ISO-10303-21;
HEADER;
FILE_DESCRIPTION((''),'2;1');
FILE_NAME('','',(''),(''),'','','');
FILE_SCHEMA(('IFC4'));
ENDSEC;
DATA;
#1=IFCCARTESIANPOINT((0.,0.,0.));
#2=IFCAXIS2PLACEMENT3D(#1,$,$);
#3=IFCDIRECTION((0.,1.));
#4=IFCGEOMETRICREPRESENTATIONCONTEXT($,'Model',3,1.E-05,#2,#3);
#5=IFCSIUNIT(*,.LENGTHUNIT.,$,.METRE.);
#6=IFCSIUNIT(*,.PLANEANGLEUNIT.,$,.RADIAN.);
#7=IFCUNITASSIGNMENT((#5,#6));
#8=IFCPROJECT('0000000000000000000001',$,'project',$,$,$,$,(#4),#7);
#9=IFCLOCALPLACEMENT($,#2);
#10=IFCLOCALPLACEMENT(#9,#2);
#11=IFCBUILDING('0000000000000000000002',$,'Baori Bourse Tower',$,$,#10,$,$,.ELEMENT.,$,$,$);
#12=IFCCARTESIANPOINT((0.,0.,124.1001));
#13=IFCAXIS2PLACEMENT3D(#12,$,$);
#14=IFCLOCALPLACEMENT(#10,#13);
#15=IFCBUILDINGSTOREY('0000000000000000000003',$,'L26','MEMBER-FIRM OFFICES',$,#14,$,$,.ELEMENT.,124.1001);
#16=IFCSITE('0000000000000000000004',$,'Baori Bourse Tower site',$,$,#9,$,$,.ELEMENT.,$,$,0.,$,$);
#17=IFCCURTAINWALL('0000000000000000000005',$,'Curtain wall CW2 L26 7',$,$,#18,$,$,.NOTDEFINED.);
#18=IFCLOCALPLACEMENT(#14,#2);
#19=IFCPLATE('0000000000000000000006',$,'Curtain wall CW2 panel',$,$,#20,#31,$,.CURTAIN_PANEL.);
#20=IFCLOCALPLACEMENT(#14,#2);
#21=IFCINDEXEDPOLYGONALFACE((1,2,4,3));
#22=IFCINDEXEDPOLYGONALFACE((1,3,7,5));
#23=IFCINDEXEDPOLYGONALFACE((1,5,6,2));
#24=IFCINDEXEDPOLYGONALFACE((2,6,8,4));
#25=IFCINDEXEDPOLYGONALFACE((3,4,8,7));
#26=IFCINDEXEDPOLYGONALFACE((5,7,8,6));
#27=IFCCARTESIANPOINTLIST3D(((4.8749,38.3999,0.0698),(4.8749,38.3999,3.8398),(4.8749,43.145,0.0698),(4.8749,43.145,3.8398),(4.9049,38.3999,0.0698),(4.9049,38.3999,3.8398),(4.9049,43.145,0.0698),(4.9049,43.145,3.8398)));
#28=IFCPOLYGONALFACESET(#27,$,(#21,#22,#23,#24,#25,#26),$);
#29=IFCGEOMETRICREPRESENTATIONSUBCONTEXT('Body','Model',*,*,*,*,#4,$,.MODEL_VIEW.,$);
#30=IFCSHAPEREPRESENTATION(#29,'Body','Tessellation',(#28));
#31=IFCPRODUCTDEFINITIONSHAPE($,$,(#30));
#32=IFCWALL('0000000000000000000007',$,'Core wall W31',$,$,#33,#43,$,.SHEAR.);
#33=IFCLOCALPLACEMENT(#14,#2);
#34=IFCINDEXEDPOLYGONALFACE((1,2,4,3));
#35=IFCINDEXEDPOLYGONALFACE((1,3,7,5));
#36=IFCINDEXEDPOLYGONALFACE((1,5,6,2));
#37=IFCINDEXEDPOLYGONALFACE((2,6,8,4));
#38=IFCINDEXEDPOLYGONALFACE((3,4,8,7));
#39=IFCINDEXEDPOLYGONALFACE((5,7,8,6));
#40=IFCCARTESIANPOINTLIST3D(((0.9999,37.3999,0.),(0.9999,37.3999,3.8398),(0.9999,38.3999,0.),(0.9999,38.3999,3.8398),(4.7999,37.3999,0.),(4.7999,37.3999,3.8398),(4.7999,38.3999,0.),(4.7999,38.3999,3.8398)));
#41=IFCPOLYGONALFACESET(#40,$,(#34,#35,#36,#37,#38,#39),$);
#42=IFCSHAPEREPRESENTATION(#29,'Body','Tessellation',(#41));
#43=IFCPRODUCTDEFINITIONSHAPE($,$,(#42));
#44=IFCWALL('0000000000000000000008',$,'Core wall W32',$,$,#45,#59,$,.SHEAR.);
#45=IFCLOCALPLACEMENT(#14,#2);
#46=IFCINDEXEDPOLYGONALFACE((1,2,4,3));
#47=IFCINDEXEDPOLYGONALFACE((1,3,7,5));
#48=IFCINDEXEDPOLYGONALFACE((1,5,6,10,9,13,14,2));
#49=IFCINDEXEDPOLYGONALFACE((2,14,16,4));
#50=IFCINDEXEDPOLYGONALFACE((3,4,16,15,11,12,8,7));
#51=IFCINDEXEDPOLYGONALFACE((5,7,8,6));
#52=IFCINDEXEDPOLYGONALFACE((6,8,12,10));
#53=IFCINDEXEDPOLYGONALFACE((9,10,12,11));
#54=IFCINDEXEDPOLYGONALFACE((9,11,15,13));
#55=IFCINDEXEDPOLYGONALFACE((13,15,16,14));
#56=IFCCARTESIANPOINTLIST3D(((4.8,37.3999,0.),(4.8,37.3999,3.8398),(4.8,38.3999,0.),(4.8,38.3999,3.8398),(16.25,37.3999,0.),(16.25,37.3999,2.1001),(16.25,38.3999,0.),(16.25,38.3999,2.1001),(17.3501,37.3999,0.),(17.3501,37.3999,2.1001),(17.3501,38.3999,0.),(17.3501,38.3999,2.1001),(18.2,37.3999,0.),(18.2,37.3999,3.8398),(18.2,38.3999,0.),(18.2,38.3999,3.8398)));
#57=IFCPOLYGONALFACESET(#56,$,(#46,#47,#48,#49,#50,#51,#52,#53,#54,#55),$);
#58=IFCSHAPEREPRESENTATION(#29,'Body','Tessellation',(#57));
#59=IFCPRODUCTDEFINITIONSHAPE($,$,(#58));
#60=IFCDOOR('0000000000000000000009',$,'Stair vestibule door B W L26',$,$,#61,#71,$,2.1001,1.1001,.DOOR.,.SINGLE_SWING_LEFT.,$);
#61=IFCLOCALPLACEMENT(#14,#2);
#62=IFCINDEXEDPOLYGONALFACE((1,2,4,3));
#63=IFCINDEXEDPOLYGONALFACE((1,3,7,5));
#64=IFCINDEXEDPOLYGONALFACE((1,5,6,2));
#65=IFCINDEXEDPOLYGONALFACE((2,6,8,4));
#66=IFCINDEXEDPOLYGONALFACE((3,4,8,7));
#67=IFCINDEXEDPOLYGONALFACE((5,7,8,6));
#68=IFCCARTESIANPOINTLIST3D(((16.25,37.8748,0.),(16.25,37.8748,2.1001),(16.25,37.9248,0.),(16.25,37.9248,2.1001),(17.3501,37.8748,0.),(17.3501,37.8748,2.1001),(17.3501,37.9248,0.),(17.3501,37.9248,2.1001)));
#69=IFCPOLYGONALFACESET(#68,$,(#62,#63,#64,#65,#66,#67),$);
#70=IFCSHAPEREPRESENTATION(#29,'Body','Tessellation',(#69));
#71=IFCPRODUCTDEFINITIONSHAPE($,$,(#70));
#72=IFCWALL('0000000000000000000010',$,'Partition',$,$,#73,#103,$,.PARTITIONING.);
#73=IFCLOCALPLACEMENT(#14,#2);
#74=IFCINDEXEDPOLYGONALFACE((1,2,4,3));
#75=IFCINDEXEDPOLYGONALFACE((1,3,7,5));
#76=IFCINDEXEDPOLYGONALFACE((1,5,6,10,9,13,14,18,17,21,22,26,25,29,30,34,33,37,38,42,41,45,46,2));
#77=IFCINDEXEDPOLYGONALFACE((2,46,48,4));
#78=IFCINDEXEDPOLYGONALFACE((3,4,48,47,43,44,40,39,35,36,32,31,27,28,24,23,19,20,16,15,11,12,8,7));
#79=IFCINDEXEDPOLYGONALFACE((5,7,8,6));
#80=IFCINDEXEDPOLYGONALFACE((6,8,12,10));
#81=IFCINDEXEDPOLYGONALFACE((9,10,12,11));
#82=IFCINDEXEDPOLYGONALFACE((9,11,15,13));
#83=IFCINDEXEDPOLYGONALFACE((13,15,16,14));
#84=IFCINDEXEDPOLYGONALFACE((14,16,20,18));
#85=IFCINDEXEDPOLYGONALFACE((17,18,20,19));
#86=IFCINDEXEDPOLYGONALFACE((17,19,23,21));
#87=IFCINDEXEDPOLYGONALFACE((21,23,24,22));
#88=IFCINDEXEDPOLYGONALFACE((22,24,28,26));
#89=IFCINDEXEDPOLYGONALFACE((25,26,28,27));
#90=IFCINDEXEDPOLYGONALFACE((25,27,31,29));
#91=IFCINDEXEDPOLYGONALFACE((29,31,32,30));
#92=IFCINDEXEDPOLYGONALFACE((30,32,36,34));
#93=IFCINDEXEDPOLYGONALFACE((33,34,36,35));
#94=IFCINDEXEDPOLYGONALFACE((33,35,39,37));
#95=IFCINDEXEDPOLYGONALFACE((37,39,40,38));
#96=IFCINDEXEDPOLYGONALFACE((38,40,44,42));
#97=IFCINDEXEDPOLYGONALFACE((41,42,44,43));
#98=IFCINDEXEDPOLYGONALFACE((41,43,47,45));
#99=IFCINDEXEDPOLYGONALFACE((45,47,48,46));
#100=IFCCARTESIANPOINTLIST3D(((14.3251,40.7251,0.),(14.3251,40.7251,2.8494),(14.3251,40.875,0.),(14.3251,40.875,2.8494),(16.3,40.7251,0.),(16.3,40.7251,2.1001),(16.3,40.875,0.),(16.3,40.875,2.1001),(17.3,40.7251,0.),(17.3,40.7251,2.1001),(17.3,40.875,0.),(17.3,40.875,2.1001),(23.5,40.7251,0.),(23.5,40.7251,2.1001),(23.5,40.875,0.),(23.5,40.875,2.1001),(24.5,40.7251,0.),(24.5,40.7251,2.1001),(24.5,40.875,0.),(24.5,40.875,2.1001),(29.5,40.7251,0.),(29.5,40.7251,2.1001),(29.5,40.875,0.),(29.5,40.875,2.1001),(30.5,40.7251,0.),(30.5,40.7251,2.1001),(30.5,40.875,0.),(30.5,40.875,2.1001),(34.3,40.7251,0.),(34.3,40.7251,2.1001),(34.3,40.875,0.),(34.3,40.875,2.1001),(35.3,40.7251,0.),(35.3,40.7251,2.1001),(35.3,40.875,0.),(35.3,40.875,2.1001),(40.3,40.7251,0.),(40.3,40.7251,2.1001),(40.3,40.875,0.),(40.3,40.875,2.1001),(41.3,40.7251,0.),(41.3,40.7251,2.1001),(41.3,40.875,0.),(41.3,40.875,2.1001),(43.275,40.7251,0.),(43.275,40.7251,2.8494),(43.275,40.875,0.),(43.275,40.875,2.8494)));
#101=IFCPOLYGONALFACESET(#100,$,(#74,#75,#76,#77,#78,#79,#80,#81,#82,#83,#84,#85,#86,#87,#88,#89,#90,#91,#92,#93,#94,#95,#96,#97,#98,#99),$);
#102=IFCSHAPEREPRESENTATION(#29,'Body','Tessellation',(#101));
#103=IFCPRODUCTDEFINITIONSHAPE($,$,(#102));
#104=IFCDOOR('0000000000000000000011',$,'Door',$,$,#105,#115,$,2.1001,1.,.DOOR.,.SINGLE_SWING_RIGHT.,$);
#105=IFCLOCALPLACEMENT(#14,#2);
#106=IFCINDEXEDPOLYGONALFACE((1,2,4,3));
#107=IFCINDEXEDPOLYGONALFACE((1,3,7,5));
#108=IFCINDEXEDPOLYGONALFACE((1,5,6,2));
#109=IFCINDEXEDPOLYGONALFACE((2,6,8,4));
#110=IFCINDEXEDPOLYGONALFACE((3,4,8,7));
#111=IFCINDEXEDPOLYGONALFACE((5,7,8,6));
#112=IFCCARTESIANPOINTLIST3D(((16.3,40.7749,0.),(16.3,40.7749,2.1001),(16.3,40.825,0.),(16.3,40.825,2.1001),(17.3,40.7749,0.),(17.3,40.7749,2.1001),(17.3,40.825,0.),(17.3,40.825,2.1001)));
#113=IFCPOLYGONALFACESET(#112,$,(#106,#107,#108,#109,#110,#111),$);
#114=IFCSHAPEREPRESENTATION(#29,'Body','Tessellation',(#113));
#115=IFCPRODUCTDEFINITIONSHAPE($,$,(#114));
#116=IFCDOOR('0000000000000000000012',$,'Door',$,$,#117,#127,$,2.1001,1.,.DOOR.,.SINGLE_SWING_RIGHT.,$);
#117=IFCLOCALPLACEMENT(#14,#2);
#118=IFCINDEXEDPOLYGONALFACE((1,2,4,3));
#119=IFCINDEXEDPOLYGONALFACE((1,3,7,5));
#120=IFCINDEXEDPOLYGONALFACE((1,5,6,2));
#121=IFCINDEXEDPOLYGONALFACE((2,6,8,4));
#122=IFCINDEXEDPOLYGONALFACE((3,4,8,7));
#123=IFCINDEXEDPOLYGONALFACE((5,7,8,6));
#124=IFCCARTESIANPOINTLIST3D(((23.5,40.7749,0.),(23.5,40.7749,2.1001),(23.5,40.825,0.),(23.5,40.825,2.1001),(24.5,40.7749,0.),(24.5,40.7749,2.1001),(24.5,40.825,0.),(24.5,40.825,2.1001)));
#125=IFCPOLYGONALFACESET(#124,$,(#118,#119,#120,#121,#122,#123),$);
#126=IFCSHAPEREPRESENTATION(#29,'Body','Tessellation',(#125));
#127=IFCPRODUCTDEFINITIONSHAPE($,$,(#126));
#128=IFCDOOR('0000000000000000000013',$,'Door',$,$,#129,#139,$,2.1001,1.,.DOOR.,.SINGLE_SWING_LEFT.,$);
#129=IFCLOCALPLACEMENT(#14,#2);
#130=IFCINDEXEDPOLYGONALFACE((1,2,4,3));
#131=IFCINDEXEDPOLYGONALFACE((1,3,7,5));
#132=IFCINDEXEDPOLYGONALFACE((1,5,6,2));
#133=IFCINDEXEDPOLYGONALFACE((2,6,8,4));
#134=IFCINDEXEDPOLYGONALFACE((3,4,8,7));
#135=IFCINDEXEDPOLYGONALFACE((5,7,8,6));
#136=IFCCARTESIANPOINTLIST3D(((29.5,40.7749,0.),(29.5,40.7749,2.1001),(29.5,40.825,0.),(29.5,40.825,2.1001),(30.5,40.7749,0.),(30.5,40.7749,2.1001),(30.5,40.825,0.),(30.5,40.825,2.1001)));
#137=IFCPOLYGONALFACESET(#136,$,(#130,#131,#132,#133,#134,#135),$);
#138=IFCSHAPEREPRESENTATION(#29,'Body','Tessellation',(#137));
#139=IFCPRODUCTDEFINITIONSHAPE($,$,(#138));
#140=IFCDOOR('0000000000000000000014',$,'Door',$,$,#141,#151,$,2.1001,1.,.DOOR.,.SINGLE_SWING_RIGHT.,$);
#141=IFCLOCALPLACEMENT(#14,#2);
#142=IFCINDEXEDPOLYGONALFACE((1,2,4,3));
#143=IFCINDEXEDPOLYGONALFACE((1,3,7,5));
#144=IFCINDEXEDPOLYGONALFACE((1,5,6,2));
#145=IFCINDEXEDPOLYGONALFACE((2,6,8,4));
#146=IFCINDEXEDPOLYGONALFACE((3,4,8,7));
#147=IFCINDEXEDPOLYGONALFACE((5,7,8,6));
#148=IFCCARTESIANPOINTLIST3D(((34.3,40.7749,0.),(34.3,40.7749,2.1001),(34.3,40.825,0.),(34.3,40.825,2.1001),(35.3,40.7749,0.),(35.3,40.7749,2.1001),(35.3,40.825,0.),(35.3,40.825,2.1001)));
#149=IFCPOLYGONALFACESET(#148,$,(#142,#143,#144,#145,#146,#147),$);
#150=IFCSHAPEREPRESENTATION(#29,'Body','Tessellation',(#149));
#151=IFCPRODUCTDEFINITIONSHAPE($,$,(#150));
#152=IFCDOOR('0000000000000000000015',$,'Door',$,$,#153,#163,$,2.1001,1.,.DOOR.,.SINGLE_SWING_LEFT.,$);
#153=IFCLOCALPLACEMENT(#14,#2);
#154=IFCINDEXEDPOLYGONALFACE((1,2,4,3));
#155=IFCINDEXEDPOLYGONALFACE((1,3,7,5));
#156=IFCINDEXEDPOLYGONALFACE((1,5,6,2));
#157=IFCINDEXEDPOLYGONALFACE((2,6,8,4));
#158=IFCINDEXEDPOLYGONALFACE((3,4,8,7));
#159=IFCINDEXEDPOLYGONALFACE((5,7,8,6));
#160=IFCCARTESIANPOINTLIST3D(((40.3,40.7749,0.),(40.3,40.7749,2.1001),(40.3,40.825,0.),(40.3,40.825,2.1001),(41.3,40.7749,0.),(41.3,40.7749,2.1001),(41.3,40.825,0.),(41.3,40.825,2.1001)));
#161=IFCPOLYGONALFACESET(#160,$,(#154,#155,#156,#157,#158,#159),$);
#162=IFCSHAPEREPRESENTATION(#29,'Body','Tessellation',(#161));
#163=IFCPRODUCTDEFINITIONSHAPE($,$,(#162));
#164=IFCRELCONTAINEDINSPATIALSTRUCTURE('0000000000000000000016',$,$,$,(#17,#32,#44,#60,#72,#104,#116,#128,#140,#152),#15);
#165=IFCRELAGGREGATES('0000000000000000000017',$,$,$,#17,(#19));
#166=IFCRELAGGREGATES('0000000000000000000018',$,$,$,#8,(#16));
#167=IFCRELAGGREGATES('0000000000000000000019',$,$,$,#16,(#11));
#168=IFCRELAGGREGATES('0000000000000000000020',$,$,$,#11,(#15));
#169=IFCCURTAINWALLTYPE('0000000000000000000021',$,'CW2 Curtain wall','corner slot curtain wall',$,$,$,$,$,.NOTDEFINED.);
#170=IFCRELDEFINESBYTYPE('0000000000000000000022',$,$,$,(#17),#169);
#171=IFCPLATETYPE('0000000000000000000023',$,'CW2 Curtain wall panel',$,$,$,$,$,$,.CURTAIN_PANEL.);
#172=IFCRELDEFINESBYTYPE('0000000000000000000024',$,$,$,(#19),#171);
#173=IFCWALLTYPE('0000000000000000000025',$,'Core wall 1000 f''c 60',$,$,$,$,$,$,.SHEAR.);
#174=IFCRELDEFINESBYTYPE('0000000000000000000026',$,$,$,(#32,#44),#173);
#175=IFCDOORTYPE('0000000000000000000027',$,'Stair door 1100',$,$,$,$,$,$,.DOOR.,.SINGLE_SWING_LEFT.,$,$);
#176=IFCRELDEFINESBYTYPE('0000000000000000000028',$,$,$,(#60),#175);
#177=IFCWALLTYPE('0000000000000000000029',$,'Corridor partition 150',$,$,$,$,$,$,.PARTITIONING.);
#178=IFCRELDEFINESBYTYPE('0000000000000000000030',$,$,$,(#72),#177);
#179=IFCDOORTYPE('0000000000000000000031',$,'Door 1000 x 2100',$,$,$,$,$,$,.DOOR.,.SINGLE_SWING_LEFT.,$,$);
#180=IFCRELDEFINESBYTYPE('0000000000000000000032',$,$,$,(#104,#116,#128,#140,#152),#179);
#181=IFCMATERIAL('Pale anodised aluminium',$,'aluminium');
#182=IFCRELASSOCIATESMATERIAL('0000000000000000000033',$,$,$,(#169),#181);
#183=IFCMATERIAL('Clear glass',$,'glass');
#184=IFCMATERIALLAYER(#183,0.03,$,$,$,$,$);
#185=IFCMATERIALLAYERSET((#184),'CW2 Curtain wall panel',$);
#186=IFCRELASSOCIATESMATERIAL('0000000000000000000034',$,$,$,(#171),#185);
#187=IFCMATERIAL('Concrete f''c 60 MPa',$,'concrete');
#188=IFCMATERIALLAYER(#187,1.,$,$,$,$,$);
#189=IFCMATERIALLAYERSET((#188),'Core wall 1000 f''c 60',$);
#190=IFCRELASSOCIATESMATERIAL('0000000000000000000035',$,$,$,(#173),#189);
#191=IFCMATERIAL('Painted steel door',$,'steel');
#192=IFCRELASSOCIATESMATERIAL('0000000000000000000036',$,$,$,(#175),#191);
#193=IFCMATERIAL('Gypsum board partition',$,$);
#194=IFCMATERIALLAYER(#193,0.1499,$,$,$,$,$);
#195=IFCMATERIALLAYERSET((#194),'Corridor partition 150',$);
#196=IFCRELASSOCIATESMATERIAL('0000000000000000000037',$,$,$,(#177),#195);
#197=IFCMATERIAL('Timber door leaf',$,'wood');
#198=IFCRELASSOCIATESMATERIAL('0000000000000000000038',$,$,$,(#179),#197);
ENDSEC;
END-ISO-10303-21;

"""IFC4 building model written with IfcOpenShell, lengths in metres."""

from ifc_helpers import new_model, si_unit, direction, frame, frame_2d, origin, origin_2d, place, context, subcontext, project, spatial, rectangle, extrude, material, layer, layer_set, type_object, element, fill, aggregate, save


model = new_model("IFC4")

# Units and contexts
model_context = context("Model", 3, precision=1e-05, world=origin(), true_north=direction((0.0, 1.0)))
body_context = subcontext(model_context, "Body", "Model", "MODEL_VIEW")
ifc_project = project(units=[si_unit("LENGTHUNIT", "METRE"), si_unit("PLANEANGLEUNIT", "RADIAN")], contexts=[model_context])

# Site, building, storey
site_placement = place(None, origin())
site = spatial("IfcSite", under=ifc_project, at=site_placement, Name="Baori Bourse Tower site", CompositionType="ELEMENT", RefElevation=0.0)
building_placement = place(site_placement, origin())
building = spatial("IfcBuilding", under=site, at=building_placement, Name="Baori Bourse Tower", CompositionType="ELEMENT")
storey_placement = place(building_placement, frame((0.0, 0.0, 124.1001)))
storey = spatial("IfcBuildingStorey", under=building, at=storey_placement, Name="L26", Description="MEMBER-FIRM OFFICES", CompositionType="ELEMENT", Elevation=124.1001)

# Curtain wall
ifc_material_1 = material(Name="Pale anodised aluminium", Category="aluminium")
curtain_wall_type = type_object("IfcCurtainWallType", Name="CW2 Curtain wall", Description="corner slot curtain wall", PredefinedType="NOTDEFINED", material=ifc_material_1)
curtain_wall_1_placement = place(storey_placement, origin())
curtain_wall_1 = element("IfcCurtainWall", 1, at=curtain_wall_1_placement, inside=storey, type_object=curtain_wall_type, Name="Curtain wall CW2 L26 7", PredefinedType="NOTDEFINED")

# Plate
ifc_material_2 = material(Name="Clear glass", Category="glass")
ifc_layer_1 = layer(ifc_material_2, 0.03)
ifc_layer_set_1 = layer_set([ifc_layer_1], Name="CW2 Curtain wall panel")
plate_type = type_object("IfcPlateType", Name="CW2 Curtain wall panel", PredefinedType="CURTAIN_PANEL", material=ifc_layer_set_1)
plate_1_placement = place(storey_placement, frame((4.8899, 40.7725, 0.0698), z_axis=(0.0, 0.0, 1.0), x_axis=(0.0, -1.0, 0.0)))
plate_1 = element("IfcPlate", 2, at=plate_1_placement, type_object=plate_type, Name="Curtain wall CW2 panel", PredefinedType="CURTAIN_PANEL", context=body_context, shape_type="SweptSolid", body=[
    extrude(rectangle(XDim=4.7451, YDim=0.03, at=origin_2d()), origin(), (0.0, 0.0, 1.0), 3.77),
])
aggregate(curtain_wall_1, [plate_1])

# Wall
ifc_material_3 = material(Name="Concrete f'c 60 MPa", Category="concrete")
ifc_layer_2 = layer(ifc_material_3, 1.0)
ifc_layer_set_2 = layer_set([ifc_layer_2], Name="Core wall 1000 f'c 60")
wall_type_1 = type_object("IfcWallType", Name="Core wall 1000 f'c 60", PredefinedType="SHEAR", material=ifc_layer_set_2)
wall_1_placement = place(storey_placement, frame((1.0, 37.8999, 0.0), z_axis=(0.0, 0.0, 1.0), x_axis=(1.0, 0.0, 0.0)))
element("IfcWall", 3, at=wall_1_placement, inside=storey, type_object=wall_type_1, Name="Core wall W31", PredefinedType="SHEAR", context=body_context, shape_type="SweptSolid", body=[
    extrude(rectangle(XDim=3.8, YDim=1.0, at=frame_2d((1.8999, 0.0))), origin(), (0.0, 0.0, 1.0), 3.8398),
])

# Wall, opening, door
wall_2_placement = place(storey_placement, frame((4.8, 37.8999, 0.0), z_axis=(0.0, 0.0, 1.0), x_axis=(1.0, 0.0, 0.0)))
wall_2 = element("IfcWall", 4, at=wall_2_placement, inside=storey, type_object=wall_type_1, Name="Core wall W32", PredefinedType="SHEAR", context=body_context, shape_type="SweptSolid", body=[
    extrude(rectangle(XDim=13.3999, YDim=1.0, at=frame_2d((6.7, 0.0))), origin(), (0.0, 0.0, 1.0), 3.8398),
])
opening_1_placement = place(wall_2_placement, frame((11.45, 0.0, 0.0)))
opening_1 = element("IfcOpeningElement", 5, at=opening_1_placement, cuts=wall_2, PredefinedType="OPENING", context=body_context, shape_type="SweptSolid", body=[
    extrude(rectangle(XDim=1.1001, YDim=2.1001, at=frame_2d((0.55, 1.05))), frame((0.0, 0.51, 0.0), z_axis=(0.0, -1.0, 0.0), x_axis=(1.0, 0.0, 0.0)), (0.0, 0.0, 1.0), 1.02),
])
ifc_material_4 = material(Name="Painted steel door", Category="steel")
door_type_1 = type_object("IfcDoorType", Name="Stair door 1100", OperationType="SINGLE_SWING_LEFT", PredefinedType="DOOR", material=ifc_material_4)
door_1_placement = place(opening_1_placement, origin())
door_1 = element("IfcDoor", 6, at=door_1_placement, inside=storey, type_object=door_type_1, Name="Stair vestibule door B W L26", OperationType="SINGLE_SWING_LEFT", OverallHeight=2.1001, OverallWidth=1.1001, PredefinedType="DOOR", context=body_context, shape_type="SweptSolid", body=[
    extrude(rectangle(XDim=1.1001, YDim=2.1001, at=frame_2d((0.55, 1.05))), frame((0.0, 0.0249, 0.0), z_axis=(0.0, -1.0, 0.0), x_axis=(1.0, 0.0, 0.0)), (0.0, 0.0, 1.0), 0.05),
])
fill(opening_1, door_1)

# Wall, openings, doors
ifc_material_5 = material(Name="Gypsum board partition")
ifc_layer_3 = layer(ifc_material_5, 0.1499)
ifc_layer_set_3 = layer_set([ifc_layer_3], Name="Corridor partition 150")
wall_type_2 = type_object("IfcWallType", Name="Corridor partition 150", PredefinedType="PARTITIONING", material=ifc_layer_set_3)
wall_3_placement = place(storey_placement, frame((14.325, 40.8, 0.0), z_axis=(0.0, 0.0, 1.0), x_axis=(1.0, 0.0, 0.0)))
wall_3 = element("IfcWall", 7, at=wall_3_placement, inside=storey, type_object=wall_type_2, Name="Partition", PredefinedType="PARTITIONING", context=body_context, shape_type="SweptSolid", body=[
    extrude(rectangle(XDim=28.95, YDim=0.1499, at=frame_2d((14.4751, 0.0))), origin(), (0.0, 0.0, 1.0), 2.8494),
])
opening_2_placement = place(wall_3_placement, frame((1.9751, 0.0, 0.0)))
opening_2 = element("IfcOpeningElement", 8, at=opening_2_placement, cuts=wall_3, PredefinedType="OPENING", context=body_context, shape_type="SweptSolid", body=[
    extrude(rectangle(XDim=1.0, YDim=2.1001, at=frame_2d((0.5, 1.05))), frame((0.0, 0.085, 0.0), z_axis=(0.0, -1.0, 0.0), x_axis=(1.0, 0.0, 0.0)), (0.0, 0.0, 1.0), 0.1699),
])
opening_3_placement = place(wall_3_placement, frame((9.175, 0.0, 0.0)))
opening_3 = element("IfcOpeningElement", 9, at=opening_3_placement, cuts=wall_3, PredefinedType="OPENING", context=body_context, shape_type="SweptSolid", body=[
    extrude(rectangle(XDim=1.0, YDim=2.1001, at=frame_2d((0.5, 1.05))), frame((0.0, 0.085, 0.0), z_axis=(0.0, -1.0, 0.0), x_axis=(1.0, 0.0, 0.0)), (0.0, 0.0, 1.0), 0.1699),
])
opening_4_placement = place(wall_3_placement, frame((15.175, 0.0, 0.0)))
opening_4 = element("IfcOpeningElement", 10, at=opening_4_placement, cuts=wall_3, PredefinedType="OPENING", context=body_context, shape_type="SweptSolid", body=[
    extrude(rectangle(XDim=1.0, YDim=2.1001, at=frame_2d((0.5, 1.05))), frame((0.0, 0.085, 0.0), z_axis=(0.0, -1.0, 0.0), x_axis=(1.0, 0.0, 0.0)), (0.0, 0.0, 1.0), 0.1699),
])
opening_5_placement = place(wall_3_placement, frame((19.9751, 0.0, 0.0)))
opening_5 = element("IfcOpeningElement", 11, at=opening_5_placement, cuts=wall_3, PredefinedType="OPENING", context=body_context, shape_type="SweptSolid", body=[
    extrude(rectangle(XDim=1.0, YDim=2.1001, at=frame_2d((0.5, 1.05))), frame((0.0, 0.085, 0.0), z_axis=(0.0, -1.0, 0.0), x_axis=(1.0, 0.0, 0.0)), (0.0, 0.0, 1.0), 0.1699),
])
opening_6_placement = place(wall_3_placement, frame((25.9751, 0.0, 0.0)))
opening_6 = element("IfcOpeningElement", 12, at=opening_6_placement, cuts=wall_3, PredefinedType="OPENING", context=body_context, shape_type="SweptSolid", body=[
    extrude(rectangle(XDim=1.0, YDim=2.1001, at=frame_2d((0.5, 1.05))), frame((0.0, 0.085, 0.0), z_axis=(0.0, -1.0, 0.0), x_axis=(1.0, 0.0, 0.0)), (0.0, 0.0, 1.0), 0.1699),
])
ifc_material_6 = material(Name="Timber door leaf", Category="wood")
door_type_2 = type_object("IfcDoorType", Name="Door 1000 x 2100", OperationType="SINGLE_SWING_LEFT", PredefinedType="DOOR", material=ifc_material_6)
door_2_placement = place(opening_2_placement, origin())
door_2 = element("IfcDoor", 13, at=door_2_placement, inside=storey, type_object=door_type_2, Name="Door", OperationType="SINGLE_SWING_RIGHT", OverallHeight=2.1001, OverallWidth=1.0, PredefinedType="DOOR", context=body_context, shape_type="SweptSolid", body=[
    extrude(rectangle(XDim=1.0, YDim=2.1001, at=frame_2d((0.5, 1.05))), frame((0.0, 0.0249, 0.0), z_axis=(0.0, -1.0, 0.0), x_axis=(1.0, 0.0, 0.0)), (0.0, 0.0, 1.0), 0.05),
])
fill(opening_2, door_2)
door_3_placement = place(opening_3_placement, origin())
door_3 = element("IfcDoor", 14, at=door_3_placement, inside=storey, type_object=door_type_2, Name="Door", OperationType="SINGLE_SWING_RIGHT", OverallHeight=2.1001, OverallWidth=1.0, PredefinedType="DOOR", context=body_context, shape_type="SweptSolid", body=[
    extrude(rectangle(XDim=1.0, YDim=2.1001, at=frame_2d((0.5, 1.05))), frame((0.0, 0.0249, 0.0), z_axis=(0.0, -1.0, 0.0), x_axis=(1.0, 0.0, 0.0)), (0.0, 0.0, 1.0), 0.05),
])
fill(opening_3, door_3)
door_4_placement = place(opening_4_placement, origin())
door_4 = element("IfcDoor", 15, at=door_4_placement, inside=storey, type_object=door_type_2, Name="Door", OperationType="SINGLE_SWING_LEFT", OverallHeight=2.1001, OverallWidth=1.0, PredefinedType="DOOR", context=body_context, shape_type="SweptSolid", body=[
    extrude(rectangle(XDim=1.0, YDim=2.1001, at=frame_2d((0.5, 1.05))), frame((0.0, 0.0249, 0.0), z_axis=(0.0, -1.0, 0.0), x_axis=(1.0, 0.0, 0.0)), (0.0, 0.0, 1.0), 0.05),
])
fill(opening_4, door_4)
door_5_placement = place(opening_5_placement, origin())
door_5 = element("IfcDoor", 16, at=door_5_placement, inside=storey, type_object=door_type_2, Name="Door", OperationType="SINGLE_SWING_RIGHT", OverallHeight=2.1001, OverallWidth=1.0, PredefinedType="DOOR", context=body_context, shape_type="SweptSolid", body=[
    extrude(rectangle(XDim=1.0, YDim=2.1001, at=frame_2d((0.5, 1.05))), frame((0.0, 0.0249, 0.0), z_axis=(0.0, -1.0, 0.0), x_axis=(1.0, 0.0, 0.0)), (0.0, 0.0, 1.0), 0.05),
])
fill(opening_5, door_5)
door_6_placement = place(opening_6_placement, origin())
door_6 = element("IfcDoor", 17, at=door_6_placement, inside=storey, type_object=door_type_2, Name="Door", OperationType="SINGLE_SWING_LEFT", OverallHeight=2.1001, OverallWidth=1.0, PredefinedType="DOOR", context=body_context, shape_type="SweptSolid", body=[
    extrude(rectangle(XDim=1.0, YDim=2.1001, at=frame_2d((0.5, 1.05))), frame((0.0, 0.0249, 0.0), z_axis=(0.0, -1.0, 0.0), x_axis=(1.0, 0.0, 0.0)), (0.0, 0.0, 1.0), 0.05),
])
fill(opening_6, door_6)

save(model, "model.ifc")
